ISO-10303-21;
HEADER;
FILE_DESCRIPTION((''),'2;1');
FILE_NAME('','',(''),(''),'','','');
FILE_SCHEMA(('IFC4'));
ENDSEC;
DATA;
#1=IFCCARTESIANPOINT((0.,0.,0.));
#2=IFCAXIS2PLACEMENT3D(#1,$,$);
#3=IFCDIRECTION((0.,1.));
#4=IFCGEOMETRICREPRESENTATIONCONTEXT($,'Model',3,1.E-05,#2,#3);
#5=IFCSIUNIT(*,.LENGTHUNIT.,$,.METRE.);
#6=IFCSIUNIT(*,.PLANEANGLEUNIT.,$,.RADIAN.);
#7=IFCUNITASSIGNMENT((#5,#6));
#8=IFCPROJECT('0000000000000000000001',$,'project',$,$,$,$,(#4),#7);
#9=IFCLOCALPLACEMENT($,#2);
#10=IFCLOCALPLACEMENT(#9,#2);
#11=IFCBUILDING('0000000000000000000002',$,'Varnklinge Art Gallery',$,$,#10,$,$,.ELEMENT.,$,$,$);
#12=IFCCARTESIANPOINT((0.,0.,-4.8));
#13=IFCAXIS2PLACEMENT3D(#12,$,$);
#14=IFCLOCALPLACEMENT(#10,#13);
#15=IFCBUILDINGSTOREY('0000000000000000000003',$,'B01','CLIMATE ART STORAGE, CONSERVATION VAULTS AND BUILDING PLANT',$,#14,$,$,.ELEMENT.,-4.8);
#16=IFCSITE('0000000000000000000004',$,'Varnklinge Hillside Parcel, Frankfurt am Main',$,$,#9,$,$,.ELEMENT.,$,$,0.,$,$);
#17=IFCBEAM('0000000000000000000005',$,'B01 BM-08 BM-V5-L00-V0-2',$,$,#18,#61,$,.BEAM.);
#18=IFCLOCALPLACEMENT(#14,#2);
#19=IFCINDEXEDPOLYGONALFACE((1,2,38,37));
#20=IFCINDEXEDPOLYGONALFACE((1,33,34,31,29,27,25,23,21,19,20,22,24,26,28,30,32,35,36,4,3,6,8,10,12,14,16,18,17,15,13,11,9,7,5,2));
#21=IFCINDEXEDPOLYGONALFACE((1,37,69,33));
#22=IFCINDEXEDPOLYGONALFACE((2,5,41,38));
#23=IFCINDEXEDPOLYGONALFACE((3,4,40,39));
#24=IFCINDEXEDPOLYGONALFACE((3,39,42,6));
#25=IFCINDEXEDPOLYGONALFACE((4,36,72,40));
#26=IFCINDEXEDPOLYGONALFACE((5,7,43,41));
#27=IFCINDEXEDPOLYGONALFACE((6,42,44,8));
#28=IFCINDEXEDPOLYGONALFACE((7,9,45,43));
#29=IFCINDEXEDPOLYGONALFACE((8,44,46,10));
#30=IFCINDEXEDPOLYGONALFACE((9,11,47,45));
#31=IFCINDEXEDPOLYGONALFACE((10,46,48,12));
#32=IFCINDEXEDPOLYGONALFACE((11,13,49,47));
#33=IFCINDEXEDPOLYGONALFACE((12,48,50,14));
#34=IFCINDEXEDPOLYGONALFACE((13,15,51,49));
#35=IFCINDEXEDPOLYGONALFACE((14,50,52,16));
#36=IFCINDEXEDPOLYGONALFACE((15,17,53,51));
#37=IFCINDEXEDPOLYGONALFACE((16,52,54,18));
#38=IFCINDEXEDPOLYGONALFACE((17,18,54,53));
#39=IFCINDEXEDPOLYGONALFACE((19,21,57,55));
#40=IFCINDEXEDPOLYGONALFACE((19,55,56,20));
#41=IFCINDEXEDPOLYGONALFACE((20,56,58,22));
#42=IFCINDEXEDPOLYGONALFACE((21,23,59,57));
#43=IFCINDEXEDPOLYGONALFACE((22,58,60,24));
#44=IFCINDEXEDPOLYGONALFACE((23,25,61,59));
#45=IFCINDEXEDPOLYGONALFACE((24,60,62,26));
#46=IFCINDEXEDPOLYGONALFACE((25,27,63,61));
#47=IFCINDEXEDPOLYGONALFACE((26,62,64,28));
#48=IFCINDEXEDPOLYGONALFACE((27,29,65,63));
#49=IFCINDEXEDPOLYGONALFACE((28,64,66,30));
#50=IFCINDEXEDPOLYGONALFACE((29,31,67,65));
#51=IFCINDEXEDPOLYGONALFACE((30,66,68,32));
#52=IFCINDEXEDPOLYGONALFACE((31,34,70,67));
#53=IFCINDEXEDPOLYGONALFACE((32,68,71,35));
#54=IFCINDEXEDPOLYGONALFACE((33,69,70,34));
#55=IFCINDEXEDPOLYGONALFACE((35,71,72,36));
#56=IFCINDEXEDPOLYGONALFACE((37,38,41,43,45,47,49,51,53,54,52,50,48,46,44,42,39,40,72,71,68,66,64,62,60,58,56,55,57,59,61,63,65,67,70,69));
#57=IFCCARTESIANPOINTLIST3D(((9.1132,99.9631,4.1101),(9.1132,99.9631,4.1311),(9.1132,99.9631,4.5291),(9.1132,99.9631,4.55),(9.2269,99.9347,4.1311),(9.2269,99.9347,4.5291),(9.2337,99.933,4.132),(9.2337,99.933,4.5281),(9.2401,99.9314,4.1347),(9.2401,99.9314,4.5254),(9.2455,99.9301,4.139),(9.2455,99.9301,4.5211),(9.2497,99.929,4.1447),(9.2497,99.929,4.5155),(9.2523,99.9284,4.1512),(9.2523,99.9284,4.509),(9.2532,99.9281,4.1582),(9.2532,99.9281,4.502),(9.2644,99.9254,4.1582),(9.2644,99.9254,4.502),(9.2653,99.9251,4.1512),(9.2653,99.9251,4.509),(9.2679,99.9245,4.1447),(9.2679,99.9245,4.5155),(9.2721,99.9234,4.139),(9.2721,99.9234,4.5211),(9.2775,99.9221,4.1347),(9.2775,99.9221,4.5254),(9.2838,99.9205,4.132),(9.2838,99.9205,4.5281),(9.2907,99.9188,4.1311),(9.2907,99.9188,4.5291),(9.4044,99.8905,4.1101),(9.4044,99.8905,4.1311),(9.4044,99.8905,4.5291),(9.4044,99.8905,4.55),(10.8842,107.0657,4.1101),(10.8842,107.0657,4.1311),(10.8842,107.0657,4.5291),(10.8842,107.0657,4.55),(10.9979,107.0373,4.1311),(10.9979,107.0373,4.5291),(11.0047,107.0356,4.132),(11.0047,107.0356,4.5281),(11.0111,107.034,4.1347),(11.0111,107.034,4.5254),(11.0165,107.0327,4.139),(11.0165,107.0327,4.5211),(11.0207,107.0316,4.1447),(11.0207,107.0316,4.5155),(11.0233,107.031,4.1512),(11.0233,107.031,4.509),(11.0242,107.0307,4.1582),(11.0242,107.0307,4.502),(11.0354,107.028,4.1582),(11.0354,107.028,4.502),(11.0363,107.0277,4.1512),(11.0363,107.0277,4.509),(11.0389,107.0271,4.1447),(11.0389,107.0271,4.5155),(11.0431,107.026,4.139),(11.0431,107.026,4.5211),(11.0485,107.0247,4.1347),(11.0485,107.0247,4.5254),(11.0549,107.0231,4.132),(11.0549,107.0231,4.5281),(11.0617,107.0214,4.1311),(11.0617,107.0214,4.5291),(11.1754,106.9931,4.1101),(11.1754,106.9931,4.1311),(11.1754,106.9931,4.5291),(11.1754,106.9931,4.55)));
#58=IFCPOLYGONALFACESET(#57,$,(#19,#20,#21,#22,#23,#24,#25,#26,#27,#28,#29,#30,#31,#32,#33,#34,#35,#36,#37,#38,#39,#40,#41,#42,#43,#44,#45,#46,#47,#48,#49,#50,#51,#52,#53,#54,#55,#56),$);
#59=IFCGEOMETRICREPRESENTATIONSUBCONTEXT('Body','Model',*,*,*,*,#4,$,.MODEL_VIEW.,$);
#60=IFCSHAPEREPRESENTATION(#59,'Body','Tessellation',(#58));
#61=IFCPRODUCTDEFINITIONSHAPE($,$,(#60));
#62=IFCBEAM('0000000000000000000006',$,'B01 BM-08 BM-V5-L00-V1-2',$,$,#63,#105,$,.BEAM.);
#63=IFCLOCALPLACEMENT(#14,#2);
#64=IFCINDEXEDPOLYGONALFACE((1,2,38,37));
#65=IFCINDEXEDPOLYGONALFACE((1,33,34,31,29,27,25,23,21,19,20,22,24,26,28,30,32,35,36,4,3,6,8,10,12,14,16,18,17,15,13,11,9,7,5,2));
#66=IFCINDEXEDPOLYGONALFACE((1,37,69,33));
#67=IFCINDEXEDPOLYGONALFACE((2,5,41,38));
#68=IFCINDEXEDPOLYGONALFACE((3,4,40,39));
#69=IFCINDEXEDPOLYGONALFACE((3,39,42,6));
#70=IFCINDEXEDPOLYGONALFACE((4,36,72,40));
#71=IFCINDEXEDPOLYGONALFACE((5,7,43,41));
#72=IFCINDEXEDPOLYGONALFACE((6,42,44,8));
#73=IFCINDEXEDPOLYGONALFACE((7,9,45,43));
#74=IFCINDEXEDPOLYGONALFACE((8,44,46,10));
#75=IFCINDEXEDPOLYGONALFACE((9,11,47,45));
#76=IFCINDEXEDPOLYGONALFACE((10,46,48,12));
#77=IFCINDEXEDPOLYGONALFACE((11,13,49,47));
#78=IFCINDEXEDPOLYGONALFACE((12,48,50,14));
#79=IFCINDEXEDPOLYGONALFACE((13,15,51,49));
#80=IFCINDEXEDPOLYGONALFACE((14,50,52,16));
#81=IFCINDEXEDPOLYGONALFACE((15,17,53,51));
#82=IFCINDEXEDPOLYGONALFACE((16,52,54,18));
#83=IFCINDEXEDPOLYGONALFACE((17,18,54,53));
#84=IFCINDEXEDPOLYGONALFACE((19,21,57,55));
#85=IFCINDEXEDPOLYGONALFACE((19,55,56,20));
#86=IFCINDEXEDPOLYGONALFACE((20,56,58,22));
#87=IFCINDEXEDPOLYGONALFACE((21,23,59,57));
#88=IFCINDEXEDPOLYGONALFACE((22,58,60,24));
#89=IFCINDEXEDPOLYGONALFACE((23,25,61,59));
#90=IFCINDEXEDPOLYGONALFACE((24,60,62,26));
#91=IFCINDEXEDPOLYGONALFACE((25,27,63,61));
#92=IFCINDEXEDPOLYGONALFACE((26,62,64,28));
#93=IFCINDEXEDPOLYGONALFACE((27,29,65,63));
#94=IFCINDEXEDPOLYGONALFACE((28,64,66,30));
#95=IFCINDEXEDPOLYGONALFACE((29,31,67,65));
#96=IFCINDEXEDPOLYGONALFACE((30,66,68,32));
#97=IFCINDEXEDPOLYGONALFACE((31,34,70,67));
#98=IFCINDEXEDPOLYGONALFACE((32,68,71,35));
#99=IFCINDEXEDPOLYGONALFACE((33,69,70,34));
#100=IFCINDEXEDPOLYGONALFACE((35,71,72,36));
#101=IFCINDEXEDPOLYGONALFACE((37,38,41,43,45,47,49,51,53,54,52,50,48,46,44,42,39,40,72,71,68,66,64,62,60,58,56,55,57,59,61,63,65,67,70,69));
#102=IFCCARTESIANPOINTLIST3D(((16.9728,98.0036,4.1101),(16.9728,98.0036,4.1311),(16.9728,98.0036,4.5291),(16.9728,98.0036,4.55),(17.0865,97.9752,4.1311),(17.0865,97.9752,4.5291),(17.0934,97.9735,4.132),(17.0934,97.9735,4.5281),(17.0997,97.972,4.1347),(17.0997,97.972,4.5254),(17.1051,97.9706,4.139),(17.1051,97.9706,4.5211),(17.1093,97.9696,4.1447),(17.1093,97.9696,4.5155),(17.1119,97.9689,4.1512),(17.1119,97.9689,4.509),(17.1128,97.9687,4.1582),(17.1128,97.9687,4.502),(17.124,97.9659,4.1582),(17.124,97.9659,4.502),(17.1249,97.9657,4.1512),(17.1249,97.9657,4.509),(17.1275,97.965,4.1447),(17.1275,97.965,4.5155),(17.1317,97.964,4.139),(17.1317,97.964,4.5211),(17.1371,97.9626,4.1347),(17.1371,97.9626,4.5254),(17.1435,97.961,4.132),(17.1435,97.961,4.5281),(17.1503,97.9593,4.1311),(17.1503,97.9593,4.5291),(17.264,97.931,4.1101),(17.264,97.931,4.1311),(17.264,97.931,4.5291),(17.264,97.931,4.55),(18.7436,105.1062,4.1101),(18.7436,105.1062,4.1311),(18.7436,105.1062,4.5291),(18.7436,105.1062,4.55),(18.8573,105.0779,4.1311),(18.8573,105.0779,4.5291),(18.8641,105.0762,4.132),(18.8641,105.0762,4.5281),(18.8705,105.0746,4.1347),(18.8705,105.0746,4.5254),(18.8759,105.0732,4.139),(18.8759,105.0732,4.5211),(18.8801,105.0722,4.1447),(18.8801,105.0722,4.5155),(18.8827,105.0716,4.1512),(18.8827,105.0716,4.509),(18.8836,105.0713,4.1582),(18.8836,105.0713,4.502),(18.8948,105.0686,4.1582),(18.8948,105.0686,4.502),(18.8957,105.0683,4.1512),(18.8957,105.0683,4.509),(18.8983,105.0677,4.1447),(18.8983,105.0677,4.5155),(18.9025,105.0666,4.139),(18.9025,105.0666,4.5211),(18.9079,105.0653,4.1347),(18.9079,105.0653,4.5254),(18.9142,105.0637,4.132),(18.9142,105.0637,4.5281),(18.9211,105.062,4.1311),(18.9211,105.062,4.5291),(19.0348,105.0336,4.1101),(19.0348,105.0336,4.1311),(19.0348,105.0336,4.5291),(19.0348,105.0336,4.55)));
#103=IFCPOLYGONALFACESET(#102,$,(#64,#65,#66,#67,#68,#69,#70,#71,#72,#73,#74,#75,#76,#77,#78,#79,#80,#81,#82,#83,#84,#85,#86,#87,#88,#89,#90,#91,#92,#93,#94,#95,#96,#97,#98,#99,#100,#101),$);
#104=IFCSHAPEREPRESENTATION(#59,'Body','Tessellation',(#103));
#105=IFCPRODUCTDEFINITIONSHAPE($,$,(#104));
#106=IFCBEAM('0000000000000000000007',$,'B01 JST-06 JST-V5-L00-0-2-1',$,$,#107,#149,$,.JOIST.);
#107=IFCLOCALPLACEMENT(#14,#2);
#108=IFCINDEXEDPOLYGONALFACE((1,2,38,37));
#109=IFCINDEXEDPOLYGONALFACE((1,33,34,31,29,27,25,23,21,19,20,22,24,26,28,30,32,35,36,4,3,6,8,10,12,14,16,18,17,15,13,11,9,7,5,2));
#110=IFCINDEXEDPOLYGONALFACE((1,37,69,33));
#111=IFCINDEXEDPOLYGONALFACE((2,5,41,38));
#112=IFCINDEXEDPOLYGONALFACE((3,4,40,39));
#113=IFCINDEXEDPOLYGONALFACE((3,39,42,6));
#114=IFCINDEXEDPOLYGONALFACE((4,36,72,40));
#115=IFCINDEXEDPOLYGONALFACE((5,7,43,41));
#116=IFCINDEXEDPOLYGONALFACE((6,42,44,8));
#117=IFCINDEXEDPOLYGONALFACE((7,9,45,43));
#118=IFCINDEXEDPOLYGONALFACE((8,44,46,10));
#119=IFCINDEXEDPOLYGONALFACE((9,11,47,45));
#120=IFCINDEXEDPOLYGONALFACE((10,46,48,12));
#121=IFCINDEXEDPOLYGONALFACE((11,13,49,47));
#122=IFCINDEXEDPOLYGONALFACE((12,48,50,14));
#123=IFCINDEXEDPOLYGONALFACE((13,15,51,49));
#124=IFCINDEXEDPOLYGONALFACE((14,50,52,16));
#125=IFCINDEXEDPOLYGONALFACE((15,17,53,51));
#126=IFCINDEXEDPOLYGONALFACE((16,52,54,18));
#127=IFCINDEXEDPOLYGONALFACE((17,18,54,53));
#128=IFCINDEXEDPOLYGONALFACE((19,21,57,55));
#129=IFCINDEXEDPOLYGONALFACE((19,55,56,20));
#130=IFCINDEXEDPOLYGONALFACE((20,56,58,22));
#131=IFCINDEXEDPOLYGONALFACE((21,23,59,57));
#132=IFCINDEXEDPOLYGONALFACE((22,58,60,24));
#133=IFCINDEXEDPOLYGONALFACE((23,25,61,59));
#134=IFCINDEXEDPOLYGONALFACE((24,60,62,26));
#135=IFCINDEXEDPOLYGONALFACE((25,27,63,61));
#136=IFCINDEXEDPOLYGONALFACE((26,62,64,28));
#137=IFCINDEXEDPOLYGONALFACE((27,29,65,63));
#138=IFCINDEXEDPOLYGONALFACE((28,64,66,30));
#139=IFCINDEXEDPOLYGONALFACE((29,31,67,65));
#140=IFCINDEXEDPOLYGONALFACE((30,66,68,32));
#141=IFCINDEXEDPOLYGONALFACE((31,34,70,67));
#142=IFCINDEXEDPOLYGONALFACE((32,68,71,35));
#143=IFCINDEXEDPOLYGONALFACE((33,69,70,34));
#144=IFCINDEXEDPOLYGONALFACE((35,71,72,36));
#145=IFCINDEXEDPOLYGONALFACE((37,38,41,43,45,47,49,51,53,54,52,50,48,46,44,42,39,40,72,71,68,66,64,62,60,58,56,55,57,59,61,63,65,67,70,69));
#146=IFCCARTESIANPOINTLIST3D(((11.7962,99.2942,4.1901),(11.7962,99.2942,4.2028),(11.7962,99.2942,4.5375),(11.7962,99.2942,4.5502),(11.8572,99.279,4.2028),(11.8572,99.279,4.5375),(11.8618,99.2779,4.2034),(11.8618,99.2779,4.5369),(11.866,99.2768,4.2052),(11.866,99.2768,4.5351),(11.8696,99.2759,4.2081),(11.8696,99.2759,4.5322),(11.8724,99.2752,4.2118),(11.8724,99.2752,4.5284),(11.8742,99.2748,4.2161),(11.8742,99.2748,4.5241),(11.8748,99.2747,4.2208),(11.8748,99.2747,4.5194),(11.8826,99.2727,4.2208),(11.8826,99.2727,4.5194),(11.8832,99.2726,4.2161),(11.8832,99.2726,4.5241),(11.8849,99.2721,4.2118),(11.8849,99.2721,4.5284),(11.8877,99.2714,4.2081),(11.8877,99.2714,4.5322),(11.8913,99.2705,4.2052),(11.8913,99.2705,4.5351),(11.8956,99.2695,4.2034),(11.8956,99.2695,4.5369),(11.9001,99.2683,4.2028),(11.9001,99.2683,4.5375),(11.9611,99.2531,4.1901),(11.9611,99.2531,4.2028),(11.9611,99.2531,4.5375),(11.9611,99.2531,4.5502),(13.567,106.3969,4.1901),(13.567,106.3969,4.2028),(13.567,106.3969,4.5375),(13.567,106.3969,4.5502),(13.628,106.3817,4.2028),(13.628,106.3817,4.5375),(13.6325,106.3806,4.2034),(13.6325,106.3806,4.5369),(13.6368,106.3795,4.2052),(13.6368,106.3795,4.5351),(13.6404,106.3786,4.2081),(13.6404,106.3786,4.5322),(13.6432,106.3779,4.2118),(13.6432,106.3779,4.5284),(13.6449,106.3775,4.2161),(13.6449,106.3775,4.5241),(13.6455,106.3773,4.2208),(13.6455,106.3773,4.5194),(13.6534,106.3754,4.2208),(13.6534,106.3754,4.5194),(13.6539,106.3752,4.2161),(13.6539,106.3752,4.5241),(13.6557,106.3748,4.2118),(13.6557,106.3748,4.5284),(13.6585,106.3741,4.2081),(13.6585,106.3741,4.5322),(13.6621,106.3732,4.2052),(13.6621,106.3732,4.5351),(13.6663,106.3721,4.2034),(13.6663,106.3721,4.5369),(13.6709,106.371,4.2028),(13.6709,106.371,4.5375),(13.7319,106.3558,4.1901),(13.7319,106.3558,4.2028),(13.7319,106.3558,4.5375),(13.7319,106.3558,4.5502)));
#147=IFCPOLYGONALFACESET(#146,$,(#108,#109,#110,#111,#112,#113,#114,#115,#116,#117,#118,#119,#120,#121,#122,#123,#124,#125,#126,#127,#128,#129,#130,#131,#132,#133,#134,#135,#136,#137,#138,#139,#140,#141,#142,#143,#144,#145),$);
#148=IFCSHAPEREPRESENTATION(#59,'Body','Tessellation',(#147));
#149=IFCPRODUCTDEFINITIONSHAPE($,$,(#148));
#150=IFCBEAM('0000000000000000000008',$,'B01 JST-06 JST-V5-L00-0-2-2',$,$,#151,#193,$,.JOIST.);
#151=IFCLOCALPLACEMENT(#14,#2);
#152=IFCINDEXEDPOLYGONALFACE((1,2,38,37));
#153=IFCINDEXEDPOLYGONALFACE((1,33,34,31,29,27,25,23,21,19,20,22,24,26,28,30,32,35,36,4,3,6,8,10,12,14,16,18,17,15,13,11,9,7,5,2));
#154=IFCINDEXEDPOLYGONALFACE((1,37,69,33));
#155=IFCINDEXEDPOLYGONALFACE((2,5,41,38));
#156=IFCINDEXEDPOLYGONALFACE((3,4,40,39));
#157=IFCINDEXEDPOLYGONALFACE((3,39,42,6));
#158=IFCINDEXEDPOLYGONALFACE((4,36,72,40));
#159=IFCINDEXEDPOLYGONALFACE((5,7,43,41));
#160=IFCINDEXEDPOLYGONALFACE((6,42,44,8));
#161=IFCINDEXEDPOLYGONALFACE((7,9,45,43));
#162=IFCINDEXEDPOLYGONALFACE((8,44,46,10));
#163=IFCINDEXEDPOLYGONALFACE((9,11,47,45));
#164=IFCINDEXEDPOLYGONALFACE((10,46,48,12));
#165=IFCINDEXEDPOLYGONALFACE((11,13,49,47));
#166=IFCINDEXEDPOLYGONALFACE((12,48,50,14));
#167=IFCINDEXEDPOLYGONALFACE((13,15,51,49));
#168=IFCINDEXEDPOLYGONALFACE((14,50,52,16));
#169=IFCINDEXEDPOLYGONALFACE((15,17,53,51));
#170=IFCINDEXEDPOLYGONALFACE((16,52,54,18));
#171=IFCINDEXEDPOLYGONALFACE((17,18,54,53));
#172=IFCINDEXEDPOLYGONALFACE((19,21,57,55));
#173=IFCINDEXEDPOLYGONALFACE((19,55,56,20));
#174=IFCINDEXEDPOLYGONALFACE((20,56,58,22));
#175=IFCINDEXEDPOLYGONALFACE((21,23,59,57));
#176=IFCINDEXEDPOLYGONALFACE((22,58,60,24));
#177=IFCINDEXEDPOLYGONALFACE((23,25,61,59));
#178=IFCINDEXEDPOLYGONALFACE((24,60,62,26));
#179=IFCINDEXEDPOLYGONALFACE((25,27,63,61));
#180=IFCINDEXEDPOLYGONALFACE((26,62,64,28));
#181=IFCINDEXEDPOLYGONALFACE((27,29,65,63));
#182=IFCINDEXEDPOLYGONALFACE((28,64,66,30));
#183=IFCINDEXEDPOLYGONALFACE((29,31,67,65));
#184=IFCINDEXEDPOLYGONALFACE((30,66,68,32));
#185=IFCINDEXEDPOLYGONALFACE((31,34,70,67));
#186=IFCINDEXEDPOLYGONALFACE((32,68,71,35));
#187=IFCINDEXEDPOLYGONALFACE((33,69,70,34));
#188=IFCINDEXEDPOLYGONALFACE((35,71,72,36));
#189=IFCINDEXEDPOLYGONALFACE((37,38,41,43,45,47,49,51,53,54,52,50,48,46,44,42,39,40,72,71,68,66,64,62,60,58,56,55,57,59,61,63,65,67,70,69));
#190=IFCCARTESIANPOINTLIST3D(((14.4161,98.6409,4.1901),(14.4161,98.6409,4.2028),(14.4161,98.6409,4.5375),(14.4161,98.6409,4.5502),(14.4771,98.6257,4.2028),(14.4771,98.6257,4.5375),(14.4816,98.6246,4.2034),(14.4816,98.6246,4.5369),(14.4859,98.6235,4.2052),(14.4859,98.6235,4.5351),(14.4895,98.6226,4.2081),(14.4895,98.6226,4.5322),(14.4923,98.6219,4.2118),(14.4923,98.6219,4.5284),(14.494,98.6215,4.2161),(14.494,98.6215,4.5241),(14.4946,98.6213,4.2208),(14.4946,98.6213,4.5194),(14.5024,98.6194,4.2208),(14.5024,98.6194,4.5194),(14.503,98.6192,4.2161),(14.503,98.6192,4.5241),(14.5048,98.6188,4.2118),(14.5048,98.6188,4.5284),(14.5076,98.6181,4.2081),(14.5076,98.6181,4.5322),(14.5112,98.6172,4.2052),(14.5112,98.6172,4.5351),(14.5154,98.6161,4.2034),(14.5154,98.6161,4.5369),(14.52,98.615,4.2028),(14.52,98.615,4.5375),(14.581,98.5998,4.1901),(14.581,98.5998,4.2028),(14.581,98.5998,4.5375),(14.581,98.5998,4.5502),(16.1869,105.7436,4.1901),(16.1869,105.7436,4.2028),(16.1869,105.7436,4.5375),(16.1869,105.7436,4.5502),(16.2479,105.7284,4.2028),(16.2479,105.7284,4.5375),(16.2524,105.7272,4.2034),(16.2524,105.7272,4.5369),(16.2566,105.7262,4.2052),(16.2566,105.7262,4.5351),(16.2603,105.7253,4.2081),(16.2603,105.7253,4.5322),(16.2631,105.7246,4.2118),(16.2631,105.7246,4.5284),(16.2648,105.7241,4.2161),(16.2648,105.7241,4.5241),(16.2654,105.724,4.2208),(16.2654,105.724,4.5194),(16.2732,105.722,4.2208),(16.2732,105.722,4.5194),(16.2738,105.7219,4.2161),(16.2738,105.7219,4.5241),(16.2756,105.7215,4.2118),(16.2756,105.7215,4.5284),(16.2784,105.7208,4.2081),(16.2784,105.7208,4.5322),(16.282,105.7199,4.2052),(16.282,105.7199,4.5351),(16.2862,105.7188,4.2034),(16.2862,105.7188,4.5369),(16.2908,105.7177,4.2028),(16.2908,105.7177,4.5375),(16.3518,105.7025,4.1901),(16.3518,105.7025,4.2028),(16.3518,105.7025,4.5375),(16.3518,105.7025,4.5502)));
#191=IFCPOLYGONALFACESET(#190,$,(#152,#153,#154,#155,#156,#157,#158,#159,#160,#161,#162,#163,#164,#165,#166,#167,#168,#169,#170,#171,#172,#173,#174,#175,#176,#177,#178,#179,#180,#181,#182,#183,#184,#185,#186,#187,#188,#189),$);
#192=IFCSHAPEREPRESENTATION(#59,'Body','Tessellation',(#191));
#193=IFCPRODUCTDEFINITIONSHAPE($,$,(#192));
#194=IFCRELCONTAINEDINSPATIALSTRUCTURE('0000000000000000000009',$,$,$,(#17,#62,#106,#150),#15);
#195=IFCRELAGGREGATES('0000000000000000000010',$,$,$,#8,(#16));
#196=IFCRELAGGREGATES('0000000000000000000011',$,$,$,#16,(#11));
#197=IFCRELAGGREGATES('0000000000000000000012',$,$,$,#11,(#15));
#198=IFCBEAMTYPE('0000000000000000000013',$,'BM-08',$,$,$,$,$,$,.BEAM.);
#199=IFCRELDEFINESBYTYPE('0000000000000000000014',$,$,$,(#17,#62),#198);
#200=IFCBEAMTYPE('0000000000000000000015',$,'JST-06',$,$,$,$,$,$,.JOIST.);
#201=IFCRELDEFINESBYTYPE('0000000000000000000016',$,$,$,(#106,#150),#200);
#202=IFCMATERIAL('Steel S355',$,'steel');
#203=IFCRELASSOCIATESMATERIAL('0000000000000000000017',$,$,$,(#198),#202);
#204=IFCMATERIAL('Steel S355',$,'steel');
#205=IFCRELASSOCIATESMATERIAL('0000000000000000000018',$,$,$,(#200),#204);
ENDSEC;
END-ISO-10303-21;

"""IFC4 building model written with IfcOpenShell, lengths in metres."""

from ifc_helpers import new_model, si_unit, direction, frame, origin, origin_2d, place, context, subcontext, project, spatial, i_section, extrude, material, material_profile, profile_set, type_object, element, save


model = new_model("IFC4")

# Units and contexts
model_context = context("Model", 3, precision=1e-05, world=origin(), true_north=direction((0.0, 1.0)))
body_context = subcontext(model_context, "Body", "Model", "MODEL_VIEW")
ifc_project = project(units=[si_unit("LENGTHUNIT", "METRE"), si_unit("PLANEANGLEUNIT", "RADIAN")], contexts=[model_context])

# Site, building, storey
site_placement = place(None, origin())
site = spatial("IfcSite", under=ifc_project, at=site_placement, Name="Varnklinge Hillside Parcel, Frankfurt am Main", CompositionType="ELEMENT", RefElevation=0.0)
building_placement = place(site_placement, origin())
building = spatial("IfcBuilding", under=site, at=building_placement, Name="Varnklinge Art Gallery", CompositionType="ELEMENT")
storey_placement = place(building_placement, frame((0.0, 0.0, -4.8)))
storey = spatial("IfcBuildingStorey", under=building, at=storey_placement, Name="B01", Description="CLIMATE ART STORAGE, CONSERVATION VAULTS AND BUILDING PLANT", CompositionType="ELEMENT", Elevation=-4.8)

# Beams
ifc_material_1 = material(Name="Steel S355", Category="steel")
ifc_material_profile_1 = material_profile(ifc_material_1, i_section(OverallWidth=0.3, OverallDepth=0.4399, WebThickness=0.0115, FlangeThickness=0.021, FilletRadius=0.0271, at=origin_2d()), Name="HEA 450")
ifc_profile_set_1 = profile_set([ifc_material_profile_1], Name="Steel S355")
beam_type_1 = type_object("IfcBeamType", Name="BM-08", PredefinedType="BEAM", material=ifc_profile_set_1)
for number, where, z_axis, x_axis, name in (
    (1, (9.2588, 99.9268, 4.3301), (0.241939, 0.970291, 0.0), (-0.970291, 0.241939, 0.0), "B01 BM-08 BM-V5-L00-V0-2"),
    (2, (17.1184, 97.9673, 4.3301), (0.241908, 0.970299, 0.0), (-0.970299, 0.241908, 0.0), "B01 BM-08 BM-V5-L00-V1-2"),
):
    element("IfcBeam", number, at=place(storey_placement, frame(where, z_axis=z_axis, x_axis=x_axis)), inside=storey, type_object=beam_type_1, Name=name, PredefinedType="BEAM", context=body_context, shape_type="SweptSolid", body=[
        extrude(i_section(OverallWidth=0.3, OverallDepth=0.4399, WebThickness=0.0115, FlangeThickness=0.021, FilletRadius=0.0271, at=origin_2d()), origin(), (0.0, 0.0, 1.0), 7.3201),
    ])
ifc_material_2 = material(Name="Steel S355", Category="steel")
ifc_material_profile_2 = material_profile(ifc_material_2, i_section(OverallWidth=0.1699, OverallDepth=0.3601, WebThickness=0.0081, FlangeThickness=0.0127, FilletRadius=0.0181, at=origin_2d()), Name="IPE 360")
ifc_profile_set_2 = profile_set([ifc_material_profile_2], Name="Steel S355")
beam_type_2 = type_object("IfcBeamType", Name="JST-06", PredefinedType="JOIST", material=ifc_profile_set_2)
for number, where, z_axis, x_axis, name in (
    (3, (11.8787, 99.2737, 4.3701), (0.241908, 0.970299, 0.0), (-0.970299, 0.241908, 0.0), "B01 JST-06 JST-V5-L00-0-2-1"),
    (4, (14.4985, 98.6204, 4.3701), (0.241908, 0.970299, 0.0), (-0.970299, 0.241908, 0.0), "B01 JST-06 JST-V5-L00-0-2-2"),
):
    element("IfcBeam", number, at=place(storey_placement, frame(where, z_axis=z_axis, x_axis=x_axis)), inside=storey, type_object=beam_type_2, Name=name, PredefinedType="JOIST", context=body_context, shape_type="SweptSolid", body=[
        extrude(i_section(OverallWidth=0.1699, OverallDepth=0.3601, WebThickness=0.0081, FlangeThickness=0.0127, FilletRadius=0.0181, at=origin_2d()), origin(), (0.0, 0.0, 1.0), 7.3201),
    ])

save(model, "model.ifc")
